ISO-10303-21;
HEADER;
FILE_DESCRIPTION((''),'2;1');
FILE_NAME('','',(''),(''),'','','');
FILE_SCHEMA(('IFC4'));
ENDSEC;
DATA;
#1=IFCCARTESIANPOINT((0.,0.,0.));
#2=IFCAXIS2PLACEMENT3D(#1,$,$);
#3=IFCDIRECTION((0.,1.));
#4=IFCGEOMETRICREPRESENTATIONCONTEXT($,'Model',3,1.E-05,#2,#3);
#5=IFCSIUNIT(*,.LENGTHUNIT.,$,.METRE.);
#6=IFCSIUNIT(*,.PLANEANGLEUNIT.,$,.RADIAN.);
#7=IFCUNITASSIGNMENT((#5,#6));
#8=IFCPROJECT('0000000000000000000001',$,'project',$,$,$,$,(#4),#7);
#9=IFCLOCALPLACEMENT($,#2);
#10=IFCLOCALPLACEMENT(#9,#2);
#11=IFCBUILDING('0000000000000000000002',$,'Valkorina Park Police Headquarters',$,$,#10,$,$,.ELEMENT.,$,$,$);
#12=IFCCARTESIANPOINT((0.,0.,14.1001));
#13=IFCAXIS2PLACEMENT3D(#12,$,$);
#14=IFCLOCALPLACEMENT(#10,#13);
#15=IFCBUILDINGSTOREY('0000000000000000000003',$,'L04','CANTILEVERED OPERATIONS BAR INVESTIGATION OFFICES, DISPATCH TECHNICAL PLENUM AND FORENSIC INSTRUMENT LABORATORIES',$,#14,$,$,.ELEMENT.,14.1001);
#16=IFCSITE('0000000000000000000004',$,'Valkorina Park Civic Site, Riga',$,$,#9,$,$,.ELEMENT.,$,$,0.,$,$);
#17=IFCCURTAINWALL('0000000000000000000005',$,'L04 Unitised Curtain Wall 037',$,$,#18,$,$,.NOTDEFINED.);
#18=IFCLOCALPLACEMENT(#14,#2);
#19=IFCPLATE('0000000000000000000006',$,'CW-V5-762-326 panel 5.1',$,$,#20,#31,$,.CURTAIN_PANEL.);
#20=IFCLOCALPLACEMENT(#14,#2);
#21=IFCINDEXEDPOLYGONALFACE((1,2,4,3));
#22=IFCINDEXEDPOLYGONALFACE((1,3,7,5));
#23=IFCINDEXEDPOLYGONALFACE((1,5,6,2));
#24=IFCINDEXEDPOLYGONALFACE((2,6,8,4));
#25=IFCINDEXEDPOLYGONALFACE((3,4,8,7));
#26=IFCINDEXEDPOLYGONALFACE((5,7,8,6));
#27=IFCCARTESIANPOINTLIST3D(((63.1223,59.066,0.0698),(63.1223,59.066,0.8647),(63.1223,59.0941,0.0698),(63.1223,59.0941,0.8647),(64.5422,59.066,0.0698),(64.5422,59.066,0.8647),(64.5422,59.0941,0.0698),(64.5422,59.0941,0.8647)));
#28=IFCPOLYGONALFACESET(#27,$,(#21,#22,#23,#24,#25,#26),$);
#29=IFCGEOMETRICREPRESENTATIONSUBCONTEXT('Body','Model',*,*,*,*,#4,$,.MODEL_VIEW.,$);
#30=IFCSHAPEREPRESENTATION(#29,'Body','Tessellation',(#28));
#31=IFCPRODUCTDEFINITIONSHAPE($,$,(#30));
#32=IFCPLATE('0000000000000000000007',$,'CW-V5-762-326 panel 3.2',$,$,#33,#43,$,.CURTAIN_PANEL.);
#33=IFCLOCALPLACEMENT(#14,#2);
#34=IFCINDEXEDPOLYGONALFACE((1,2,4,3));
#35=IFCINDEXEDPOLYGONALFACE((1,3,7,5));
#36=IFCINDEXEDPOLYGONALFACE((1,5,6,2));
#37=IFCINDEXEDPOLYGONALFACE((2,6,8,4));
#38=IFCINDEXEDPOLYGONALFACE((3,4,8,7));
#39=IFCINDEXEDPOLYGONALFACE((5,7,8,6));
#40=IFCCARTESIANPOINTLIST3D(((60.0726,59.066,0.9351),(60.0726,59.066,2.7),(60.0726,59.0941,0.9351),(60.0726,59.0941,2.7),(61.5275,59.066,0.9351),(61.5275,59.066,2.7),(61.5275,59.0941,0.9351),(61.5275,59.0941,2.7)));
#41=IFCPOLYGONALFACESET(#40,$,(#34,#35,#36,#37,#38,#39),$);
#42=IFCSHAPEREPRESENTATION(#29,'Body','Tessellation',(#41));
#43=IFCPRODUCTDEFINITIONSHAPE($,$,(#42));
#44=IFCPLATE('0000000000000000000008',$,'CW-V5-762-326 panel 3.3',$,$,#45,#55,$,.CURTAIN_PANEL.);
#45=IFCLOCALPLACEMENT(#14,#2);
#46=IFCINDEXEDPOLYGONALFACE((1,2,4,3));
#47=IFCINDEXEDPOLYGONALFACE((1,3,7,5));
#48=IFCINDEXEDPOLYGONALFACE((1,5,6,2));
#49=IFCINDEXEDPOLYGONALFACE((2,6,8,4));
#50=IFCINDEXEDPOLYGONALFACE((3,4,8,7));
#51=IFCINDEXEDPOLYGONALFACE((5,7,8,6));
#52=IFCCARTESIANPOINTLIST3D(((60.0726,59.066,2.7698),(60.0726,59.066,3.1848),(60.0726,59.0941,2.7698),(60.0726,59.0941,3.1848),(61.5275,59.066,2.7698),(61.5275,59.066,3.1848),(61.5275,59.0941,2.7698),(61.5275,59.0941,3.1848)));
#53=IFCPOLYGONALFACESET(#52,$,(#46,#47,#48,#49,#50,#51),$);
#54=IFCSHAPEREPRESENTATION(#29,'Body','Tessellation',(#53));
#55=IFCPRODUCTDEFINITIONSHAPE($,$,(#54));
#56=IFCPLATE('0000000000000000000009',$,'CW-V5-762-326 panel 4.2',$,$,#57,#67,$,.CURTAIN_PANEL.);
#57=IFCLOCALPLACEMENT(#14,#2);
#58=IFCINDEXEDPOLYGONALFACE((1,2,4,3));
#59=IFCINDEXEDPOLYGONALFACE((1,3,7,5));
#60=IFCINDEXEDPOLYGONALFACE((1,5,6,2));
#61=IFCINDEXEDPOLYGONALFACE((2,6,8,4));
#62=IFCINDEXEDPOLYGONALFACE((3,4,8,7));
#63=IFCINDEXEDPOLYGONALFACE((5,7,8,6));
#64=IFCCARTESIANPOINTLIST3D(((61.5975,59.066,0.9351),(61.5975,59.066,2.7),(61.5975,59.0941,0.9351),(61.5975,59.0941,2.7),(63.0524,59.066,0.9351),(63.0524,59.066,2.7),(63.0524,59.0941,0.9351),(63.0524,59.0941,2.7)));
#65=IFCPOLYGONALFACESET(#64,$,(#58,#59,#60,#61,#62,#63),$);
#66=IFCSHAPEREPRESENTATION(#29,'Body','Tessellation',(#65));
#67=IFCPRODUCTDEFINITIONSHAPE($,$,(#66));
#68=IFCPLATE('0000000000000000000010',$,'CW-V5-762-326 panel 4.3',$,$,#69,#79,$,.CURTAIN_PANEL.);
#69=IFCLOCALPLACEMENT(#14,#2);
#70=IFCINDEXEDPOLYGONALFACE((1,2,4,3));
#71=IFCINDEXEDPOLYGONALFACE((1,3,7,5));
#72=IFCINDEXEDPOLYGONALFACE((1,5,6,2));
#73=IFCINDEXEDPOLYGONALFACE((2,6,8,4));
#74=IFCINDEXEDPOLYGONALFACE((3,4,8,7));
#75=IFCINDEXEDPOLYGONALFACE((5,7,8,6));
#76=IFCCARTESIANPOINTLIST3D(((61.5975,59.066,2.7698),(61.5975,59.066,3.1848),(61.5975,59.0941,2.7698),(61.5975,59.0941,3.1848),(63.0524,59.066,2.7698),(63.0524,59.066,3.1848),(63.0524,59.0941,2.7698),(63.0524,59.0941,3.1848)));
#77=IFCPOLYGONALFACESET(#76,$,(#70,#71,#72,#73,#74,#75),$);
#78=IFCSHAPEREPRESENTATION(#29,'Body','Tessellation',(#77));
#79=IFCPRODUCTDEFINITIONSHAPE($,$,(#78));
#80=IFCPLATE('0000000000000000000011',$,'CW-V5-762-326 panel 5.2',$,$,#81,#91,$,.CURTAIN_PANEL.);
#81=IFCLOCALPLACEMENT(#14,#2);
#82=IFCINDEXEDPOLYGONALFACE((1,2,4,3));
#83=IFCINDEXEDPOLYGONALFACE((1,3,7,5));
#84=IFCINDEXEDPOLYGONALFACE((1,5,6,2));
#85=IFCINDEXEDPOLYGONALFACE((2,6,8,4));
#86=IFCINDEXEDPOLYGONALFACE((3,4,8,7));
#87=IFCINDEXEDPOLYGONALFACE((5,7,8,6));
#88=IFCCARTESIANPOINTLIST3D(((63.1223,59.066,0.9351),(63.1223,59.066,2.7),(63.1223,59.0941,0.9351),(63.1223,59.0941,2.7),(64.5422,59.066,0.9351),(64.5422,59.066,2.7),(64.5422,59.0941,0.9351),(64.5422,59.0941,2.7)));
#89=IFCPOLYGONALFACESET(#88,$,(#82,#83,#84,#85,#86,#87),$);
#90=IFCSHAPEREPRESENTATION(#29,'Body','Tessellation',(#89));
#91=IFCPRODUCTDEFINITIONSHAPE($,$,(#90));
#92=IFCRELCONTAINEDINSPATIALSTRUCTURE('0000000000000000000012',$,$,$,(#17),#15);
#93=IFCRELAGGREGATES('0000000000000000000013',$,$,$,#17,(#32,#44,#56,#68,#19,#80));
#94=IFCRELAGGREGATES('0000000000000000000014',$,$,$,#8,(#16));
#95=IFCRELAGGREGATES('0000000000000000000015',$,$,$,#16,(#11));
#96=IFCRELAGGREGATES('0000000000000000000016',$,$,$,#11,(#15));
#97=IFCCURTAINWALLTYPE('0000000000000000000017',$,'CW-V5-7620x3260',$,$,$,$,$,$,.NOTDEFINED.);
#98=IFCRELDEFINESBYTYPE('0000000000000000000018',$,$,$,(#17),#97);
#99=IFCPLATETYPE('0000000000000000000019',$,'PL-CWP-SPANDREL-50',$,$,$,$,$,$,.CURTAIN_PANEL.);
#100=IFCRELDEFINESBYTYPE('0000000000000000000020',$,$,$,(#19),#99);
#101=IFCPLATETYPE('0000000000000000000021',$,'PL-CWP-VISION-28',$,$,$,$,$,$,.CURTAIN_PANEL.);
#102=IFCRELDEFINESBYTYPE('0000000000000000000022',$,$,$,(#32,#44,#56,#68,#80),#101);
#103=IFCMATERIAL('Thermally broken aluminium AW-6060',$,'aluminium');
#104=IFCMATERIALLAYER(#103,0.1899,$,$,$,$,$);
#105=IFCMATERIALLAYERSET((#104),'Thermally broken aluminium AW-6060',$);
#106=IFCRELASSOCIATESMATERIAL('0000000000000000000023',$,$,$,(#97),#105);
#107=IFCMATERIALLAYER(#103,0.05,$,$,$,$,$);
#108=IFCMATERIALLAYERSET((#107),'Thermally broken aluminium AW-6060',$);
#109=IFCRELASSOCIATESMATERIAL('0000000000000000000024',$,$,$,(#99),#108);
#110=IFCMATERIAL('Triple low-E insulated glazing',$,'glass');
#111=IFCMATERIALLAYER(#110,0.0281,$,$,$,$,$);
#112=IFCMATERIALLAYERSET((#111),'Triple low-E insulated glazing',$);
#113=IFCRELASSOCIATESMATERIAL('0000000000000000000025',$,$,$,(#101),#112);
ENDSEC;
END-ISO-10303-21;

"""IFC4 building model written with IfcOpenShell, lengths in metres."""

from ifc_helpers import new_model, si_unit, direction, frame, origin, origin_2d, place, context, subcontext, project, spatial, rectangle, extrude, material, layer, layer_set, type_object, element, aggregate, save


model = new_model("IFC4")

# Units and contexts
model_context = context("Model", 3, precision=1e-05, world=origin(), true_north=direction((0.0, 1.0)))
body_context = subcontext(model_context, "Body", "Model", "MODEL_VIEW")
ifc_project = project(units=[si_unit("LENGTHUNIT", "METRE"), si_unit("PLANEANGLEUNIT", "RADIAN")], contexts=[model_context])

# Site, building, storey
site_placement = place(None, origin())
site = spatial("IfcSite", under=ifc_project, at=site_placement, Name="Valkorina Park Civic Site, Riga", CompositionType="ELEMENT", RefElevation=0.0)
building_placement = place(site_placement, origin())
building = spatial("IfcBuilding", under=site, at=building_placement, Name="Valkorina Park Police Headquarters", CompositionType="ELEMENT")
storey_placement = place(building_placement, frame((0.0, 0.0, 14.1001)))
storey = spatial("IfcBuildingStorey", under=building, at=storey_placement, Name="L04", Description="CANTILEVERED OPERATIONS BAR INVESTIGATION OFFICES, DISPATCH TECHNICAL PLENUM AND FORENSIC INSTRUMENT LABORATORIES", CompositionType="ELEMENT", Elevation=14.1001)

# Curtain wall, plates
ifc_material_1 = material(Name="Thermally broken aluminium AW-6060", Category="aluminium")
ifc_layer_1 = layer(ifc_material_1, 0.1899)
ifc_layer_set_1 = layer_set([ifc_layer_1], Name="Thermally broken aluminium AW-6060")
curtain_wall_type = type_object("IfcCurtainWallType", Name="CW-V5-7620x3260", PredefinedType="NOTDEFINED", material=ifc_layer_set_1)
curtain_wall_placement = place(storey_placement, origin())
curtain_wall = element("IfcCurtainWall", 1, at=curtain_wall_placement, inside=storey, type_object=curtain_wall_type, Name="L04 Unitised Curtain Wall 037", PredefinedType="NOTDEFINED")
ifc_layer_2 = layer(ifc_material_1, 0.05)
ifc_layer_set_2 = layer_set([ifc_layer_2], Name="Thermally broken aluminium AW-6060")
plate_type_1 = type_object("IfcPlateType", Name="PL-CWP-SPANDREL-50", PredefinedType="CURTAIN_PANEL", material=ifc_layer_set_2)
plate_1_placement = place(storey_placement, frame((63.8323, 59.0801, 0.0698), z_axis=(0.0, 0.0, 1.0), x_axis=(1.0, 0.0, 0.0)))
plate_1 = element("IfcPlate", 2, at=plate_1_placement, type_object=plate_type_1, Name="CW-V5-762-326 panel 5.1", PredefinedType="CURTAIN_PANEL", context=body_context, shape_type="SweptSolid", body=[
    extrude(rectangle(XDim=1.4199, YDim=0.0281, at=origin_2d()), origin(), (0.0, 0.0, 1.0), 0.7949),
])
ifc_material_2 = material(Name="Triple low-E insulated glazing", Category="glass")
ifc_layer_3 = layer(ifc_material_2, 0.0281)
ifc_layer_set_3 = layer_set([ifc_layer_3], Name="Triple low-E insulated glazing")
plate_type_2 = type_object("IfcPlateType", Name="PL-CWP-VISION-28", PredefinedType="CURTAIN_PANEL", material=ifc_layer_set_3)
plate_2_placement = place(storey_placement, frame((60.8, 59.0801, 0.9351), z_axis=(0.0, 0.0, 1.0), x_axis=(1.0, 0.0, 0.0)))
plate_2 = element("IfcPlate", 3, at=plate_2_placement, type_object=plate_type_2, Name="CW-V5-762-326 panel 3.2", PredefinedType="CURTAIN_PANEL", context=body_context, shape_type="SweptSolid", body=[
    extrude(rectangle(XDim=1.4548, YDim=0.0281, at=origin_2d()), origin(), (0.0, 0.0, 1.0), 1.7649),
])
plate_3_placement = place(storey_placement, frame((60.8, 59.0801, 2.7698), z_axis=(0.0, 0.0, 1.0), x_axis=(1.0, 0.0, 0.0)))
plate_3 = element("IfcPlate", 4, at=plate_3_placement, type_object=plate_type_2, Name="CW-V5-762-326 panel 3.3", PredefinedType="CURTAIN_PANEL", context=body_context, shape_type="SweptSolid", body=[
    extrude(rectangle(XDim=1.4548, YDim=0.0281, at=origin_2d()), origin(), (0.0, 0.0, 1.0), 0.415),
])
plate_4_placement = place(storey_placement, frame((62.325, 59.0801, 0.9351), z_axis=(0.0, 0.0, 1.0), x_axis=(1.0, 0.0, 0.0)))
plate_4 = element("IfcPlate", 5, at=plate_4_placement, type_object=plate_type_2, Name="CW-V5-762-326 panel 4.2", PredefinedType="CURTAIN_PANEL", context=body_context, shape_type="SweptSolid", body=[
    extrude(rectangle(XDim=1.4548, YDim=0.0281, at=origin_2d()), origin(), (0.0, 0.0, 1.0), 1.7649),
])
plate_5_placement = place(storey_placement, frame((62.325, 59.0801, 2.7698), z_axis=(0.0, 0.0, 1.0), x_axis=(1.0, 0.0, 0.0)))
plate_5 = element("IfcPlate", 6, at=plate_5_placement, type_object=plate_type_2, Name="CW-V5-762-326 panel 4.3", PredefinedType="CURTAIN_PANEL", context=body_context, shape_type="SweptSolid", body=[
    extrude(rectangle(XDim=1.4548, YDim=0.0281, at=origin_2d()), origin(), (0.0, 0.0, 1.0), 0.415),
])
plate_6_placement = place(storey_placement, frame((63.8323, 59.0801, 0.9351), z_axis=(0.0, 0.0, 1.0), x_axis=(1.0, 0.0, 0.0)))
plate_6 = element("IfcPlate", 7, at=plate_6_placement, type_object=plate_type_2, Name="CW-V5-762-326 panel 5.2", PredefinedType="CURTAIN_PANEL", context=body_context, shape_type="SweptSolid", body=[
    extrude(rectangle(XDim=1.4199, YDim=0.0281, at=origin_2d()), origin(), (0.0, 0.0, 1.0), 1.7649),
])
aggregate(curtain_wall, [plate_2, plate_3, plate_4, plate_5, plate_1, plate_6])

save(model, "model.ifc")
